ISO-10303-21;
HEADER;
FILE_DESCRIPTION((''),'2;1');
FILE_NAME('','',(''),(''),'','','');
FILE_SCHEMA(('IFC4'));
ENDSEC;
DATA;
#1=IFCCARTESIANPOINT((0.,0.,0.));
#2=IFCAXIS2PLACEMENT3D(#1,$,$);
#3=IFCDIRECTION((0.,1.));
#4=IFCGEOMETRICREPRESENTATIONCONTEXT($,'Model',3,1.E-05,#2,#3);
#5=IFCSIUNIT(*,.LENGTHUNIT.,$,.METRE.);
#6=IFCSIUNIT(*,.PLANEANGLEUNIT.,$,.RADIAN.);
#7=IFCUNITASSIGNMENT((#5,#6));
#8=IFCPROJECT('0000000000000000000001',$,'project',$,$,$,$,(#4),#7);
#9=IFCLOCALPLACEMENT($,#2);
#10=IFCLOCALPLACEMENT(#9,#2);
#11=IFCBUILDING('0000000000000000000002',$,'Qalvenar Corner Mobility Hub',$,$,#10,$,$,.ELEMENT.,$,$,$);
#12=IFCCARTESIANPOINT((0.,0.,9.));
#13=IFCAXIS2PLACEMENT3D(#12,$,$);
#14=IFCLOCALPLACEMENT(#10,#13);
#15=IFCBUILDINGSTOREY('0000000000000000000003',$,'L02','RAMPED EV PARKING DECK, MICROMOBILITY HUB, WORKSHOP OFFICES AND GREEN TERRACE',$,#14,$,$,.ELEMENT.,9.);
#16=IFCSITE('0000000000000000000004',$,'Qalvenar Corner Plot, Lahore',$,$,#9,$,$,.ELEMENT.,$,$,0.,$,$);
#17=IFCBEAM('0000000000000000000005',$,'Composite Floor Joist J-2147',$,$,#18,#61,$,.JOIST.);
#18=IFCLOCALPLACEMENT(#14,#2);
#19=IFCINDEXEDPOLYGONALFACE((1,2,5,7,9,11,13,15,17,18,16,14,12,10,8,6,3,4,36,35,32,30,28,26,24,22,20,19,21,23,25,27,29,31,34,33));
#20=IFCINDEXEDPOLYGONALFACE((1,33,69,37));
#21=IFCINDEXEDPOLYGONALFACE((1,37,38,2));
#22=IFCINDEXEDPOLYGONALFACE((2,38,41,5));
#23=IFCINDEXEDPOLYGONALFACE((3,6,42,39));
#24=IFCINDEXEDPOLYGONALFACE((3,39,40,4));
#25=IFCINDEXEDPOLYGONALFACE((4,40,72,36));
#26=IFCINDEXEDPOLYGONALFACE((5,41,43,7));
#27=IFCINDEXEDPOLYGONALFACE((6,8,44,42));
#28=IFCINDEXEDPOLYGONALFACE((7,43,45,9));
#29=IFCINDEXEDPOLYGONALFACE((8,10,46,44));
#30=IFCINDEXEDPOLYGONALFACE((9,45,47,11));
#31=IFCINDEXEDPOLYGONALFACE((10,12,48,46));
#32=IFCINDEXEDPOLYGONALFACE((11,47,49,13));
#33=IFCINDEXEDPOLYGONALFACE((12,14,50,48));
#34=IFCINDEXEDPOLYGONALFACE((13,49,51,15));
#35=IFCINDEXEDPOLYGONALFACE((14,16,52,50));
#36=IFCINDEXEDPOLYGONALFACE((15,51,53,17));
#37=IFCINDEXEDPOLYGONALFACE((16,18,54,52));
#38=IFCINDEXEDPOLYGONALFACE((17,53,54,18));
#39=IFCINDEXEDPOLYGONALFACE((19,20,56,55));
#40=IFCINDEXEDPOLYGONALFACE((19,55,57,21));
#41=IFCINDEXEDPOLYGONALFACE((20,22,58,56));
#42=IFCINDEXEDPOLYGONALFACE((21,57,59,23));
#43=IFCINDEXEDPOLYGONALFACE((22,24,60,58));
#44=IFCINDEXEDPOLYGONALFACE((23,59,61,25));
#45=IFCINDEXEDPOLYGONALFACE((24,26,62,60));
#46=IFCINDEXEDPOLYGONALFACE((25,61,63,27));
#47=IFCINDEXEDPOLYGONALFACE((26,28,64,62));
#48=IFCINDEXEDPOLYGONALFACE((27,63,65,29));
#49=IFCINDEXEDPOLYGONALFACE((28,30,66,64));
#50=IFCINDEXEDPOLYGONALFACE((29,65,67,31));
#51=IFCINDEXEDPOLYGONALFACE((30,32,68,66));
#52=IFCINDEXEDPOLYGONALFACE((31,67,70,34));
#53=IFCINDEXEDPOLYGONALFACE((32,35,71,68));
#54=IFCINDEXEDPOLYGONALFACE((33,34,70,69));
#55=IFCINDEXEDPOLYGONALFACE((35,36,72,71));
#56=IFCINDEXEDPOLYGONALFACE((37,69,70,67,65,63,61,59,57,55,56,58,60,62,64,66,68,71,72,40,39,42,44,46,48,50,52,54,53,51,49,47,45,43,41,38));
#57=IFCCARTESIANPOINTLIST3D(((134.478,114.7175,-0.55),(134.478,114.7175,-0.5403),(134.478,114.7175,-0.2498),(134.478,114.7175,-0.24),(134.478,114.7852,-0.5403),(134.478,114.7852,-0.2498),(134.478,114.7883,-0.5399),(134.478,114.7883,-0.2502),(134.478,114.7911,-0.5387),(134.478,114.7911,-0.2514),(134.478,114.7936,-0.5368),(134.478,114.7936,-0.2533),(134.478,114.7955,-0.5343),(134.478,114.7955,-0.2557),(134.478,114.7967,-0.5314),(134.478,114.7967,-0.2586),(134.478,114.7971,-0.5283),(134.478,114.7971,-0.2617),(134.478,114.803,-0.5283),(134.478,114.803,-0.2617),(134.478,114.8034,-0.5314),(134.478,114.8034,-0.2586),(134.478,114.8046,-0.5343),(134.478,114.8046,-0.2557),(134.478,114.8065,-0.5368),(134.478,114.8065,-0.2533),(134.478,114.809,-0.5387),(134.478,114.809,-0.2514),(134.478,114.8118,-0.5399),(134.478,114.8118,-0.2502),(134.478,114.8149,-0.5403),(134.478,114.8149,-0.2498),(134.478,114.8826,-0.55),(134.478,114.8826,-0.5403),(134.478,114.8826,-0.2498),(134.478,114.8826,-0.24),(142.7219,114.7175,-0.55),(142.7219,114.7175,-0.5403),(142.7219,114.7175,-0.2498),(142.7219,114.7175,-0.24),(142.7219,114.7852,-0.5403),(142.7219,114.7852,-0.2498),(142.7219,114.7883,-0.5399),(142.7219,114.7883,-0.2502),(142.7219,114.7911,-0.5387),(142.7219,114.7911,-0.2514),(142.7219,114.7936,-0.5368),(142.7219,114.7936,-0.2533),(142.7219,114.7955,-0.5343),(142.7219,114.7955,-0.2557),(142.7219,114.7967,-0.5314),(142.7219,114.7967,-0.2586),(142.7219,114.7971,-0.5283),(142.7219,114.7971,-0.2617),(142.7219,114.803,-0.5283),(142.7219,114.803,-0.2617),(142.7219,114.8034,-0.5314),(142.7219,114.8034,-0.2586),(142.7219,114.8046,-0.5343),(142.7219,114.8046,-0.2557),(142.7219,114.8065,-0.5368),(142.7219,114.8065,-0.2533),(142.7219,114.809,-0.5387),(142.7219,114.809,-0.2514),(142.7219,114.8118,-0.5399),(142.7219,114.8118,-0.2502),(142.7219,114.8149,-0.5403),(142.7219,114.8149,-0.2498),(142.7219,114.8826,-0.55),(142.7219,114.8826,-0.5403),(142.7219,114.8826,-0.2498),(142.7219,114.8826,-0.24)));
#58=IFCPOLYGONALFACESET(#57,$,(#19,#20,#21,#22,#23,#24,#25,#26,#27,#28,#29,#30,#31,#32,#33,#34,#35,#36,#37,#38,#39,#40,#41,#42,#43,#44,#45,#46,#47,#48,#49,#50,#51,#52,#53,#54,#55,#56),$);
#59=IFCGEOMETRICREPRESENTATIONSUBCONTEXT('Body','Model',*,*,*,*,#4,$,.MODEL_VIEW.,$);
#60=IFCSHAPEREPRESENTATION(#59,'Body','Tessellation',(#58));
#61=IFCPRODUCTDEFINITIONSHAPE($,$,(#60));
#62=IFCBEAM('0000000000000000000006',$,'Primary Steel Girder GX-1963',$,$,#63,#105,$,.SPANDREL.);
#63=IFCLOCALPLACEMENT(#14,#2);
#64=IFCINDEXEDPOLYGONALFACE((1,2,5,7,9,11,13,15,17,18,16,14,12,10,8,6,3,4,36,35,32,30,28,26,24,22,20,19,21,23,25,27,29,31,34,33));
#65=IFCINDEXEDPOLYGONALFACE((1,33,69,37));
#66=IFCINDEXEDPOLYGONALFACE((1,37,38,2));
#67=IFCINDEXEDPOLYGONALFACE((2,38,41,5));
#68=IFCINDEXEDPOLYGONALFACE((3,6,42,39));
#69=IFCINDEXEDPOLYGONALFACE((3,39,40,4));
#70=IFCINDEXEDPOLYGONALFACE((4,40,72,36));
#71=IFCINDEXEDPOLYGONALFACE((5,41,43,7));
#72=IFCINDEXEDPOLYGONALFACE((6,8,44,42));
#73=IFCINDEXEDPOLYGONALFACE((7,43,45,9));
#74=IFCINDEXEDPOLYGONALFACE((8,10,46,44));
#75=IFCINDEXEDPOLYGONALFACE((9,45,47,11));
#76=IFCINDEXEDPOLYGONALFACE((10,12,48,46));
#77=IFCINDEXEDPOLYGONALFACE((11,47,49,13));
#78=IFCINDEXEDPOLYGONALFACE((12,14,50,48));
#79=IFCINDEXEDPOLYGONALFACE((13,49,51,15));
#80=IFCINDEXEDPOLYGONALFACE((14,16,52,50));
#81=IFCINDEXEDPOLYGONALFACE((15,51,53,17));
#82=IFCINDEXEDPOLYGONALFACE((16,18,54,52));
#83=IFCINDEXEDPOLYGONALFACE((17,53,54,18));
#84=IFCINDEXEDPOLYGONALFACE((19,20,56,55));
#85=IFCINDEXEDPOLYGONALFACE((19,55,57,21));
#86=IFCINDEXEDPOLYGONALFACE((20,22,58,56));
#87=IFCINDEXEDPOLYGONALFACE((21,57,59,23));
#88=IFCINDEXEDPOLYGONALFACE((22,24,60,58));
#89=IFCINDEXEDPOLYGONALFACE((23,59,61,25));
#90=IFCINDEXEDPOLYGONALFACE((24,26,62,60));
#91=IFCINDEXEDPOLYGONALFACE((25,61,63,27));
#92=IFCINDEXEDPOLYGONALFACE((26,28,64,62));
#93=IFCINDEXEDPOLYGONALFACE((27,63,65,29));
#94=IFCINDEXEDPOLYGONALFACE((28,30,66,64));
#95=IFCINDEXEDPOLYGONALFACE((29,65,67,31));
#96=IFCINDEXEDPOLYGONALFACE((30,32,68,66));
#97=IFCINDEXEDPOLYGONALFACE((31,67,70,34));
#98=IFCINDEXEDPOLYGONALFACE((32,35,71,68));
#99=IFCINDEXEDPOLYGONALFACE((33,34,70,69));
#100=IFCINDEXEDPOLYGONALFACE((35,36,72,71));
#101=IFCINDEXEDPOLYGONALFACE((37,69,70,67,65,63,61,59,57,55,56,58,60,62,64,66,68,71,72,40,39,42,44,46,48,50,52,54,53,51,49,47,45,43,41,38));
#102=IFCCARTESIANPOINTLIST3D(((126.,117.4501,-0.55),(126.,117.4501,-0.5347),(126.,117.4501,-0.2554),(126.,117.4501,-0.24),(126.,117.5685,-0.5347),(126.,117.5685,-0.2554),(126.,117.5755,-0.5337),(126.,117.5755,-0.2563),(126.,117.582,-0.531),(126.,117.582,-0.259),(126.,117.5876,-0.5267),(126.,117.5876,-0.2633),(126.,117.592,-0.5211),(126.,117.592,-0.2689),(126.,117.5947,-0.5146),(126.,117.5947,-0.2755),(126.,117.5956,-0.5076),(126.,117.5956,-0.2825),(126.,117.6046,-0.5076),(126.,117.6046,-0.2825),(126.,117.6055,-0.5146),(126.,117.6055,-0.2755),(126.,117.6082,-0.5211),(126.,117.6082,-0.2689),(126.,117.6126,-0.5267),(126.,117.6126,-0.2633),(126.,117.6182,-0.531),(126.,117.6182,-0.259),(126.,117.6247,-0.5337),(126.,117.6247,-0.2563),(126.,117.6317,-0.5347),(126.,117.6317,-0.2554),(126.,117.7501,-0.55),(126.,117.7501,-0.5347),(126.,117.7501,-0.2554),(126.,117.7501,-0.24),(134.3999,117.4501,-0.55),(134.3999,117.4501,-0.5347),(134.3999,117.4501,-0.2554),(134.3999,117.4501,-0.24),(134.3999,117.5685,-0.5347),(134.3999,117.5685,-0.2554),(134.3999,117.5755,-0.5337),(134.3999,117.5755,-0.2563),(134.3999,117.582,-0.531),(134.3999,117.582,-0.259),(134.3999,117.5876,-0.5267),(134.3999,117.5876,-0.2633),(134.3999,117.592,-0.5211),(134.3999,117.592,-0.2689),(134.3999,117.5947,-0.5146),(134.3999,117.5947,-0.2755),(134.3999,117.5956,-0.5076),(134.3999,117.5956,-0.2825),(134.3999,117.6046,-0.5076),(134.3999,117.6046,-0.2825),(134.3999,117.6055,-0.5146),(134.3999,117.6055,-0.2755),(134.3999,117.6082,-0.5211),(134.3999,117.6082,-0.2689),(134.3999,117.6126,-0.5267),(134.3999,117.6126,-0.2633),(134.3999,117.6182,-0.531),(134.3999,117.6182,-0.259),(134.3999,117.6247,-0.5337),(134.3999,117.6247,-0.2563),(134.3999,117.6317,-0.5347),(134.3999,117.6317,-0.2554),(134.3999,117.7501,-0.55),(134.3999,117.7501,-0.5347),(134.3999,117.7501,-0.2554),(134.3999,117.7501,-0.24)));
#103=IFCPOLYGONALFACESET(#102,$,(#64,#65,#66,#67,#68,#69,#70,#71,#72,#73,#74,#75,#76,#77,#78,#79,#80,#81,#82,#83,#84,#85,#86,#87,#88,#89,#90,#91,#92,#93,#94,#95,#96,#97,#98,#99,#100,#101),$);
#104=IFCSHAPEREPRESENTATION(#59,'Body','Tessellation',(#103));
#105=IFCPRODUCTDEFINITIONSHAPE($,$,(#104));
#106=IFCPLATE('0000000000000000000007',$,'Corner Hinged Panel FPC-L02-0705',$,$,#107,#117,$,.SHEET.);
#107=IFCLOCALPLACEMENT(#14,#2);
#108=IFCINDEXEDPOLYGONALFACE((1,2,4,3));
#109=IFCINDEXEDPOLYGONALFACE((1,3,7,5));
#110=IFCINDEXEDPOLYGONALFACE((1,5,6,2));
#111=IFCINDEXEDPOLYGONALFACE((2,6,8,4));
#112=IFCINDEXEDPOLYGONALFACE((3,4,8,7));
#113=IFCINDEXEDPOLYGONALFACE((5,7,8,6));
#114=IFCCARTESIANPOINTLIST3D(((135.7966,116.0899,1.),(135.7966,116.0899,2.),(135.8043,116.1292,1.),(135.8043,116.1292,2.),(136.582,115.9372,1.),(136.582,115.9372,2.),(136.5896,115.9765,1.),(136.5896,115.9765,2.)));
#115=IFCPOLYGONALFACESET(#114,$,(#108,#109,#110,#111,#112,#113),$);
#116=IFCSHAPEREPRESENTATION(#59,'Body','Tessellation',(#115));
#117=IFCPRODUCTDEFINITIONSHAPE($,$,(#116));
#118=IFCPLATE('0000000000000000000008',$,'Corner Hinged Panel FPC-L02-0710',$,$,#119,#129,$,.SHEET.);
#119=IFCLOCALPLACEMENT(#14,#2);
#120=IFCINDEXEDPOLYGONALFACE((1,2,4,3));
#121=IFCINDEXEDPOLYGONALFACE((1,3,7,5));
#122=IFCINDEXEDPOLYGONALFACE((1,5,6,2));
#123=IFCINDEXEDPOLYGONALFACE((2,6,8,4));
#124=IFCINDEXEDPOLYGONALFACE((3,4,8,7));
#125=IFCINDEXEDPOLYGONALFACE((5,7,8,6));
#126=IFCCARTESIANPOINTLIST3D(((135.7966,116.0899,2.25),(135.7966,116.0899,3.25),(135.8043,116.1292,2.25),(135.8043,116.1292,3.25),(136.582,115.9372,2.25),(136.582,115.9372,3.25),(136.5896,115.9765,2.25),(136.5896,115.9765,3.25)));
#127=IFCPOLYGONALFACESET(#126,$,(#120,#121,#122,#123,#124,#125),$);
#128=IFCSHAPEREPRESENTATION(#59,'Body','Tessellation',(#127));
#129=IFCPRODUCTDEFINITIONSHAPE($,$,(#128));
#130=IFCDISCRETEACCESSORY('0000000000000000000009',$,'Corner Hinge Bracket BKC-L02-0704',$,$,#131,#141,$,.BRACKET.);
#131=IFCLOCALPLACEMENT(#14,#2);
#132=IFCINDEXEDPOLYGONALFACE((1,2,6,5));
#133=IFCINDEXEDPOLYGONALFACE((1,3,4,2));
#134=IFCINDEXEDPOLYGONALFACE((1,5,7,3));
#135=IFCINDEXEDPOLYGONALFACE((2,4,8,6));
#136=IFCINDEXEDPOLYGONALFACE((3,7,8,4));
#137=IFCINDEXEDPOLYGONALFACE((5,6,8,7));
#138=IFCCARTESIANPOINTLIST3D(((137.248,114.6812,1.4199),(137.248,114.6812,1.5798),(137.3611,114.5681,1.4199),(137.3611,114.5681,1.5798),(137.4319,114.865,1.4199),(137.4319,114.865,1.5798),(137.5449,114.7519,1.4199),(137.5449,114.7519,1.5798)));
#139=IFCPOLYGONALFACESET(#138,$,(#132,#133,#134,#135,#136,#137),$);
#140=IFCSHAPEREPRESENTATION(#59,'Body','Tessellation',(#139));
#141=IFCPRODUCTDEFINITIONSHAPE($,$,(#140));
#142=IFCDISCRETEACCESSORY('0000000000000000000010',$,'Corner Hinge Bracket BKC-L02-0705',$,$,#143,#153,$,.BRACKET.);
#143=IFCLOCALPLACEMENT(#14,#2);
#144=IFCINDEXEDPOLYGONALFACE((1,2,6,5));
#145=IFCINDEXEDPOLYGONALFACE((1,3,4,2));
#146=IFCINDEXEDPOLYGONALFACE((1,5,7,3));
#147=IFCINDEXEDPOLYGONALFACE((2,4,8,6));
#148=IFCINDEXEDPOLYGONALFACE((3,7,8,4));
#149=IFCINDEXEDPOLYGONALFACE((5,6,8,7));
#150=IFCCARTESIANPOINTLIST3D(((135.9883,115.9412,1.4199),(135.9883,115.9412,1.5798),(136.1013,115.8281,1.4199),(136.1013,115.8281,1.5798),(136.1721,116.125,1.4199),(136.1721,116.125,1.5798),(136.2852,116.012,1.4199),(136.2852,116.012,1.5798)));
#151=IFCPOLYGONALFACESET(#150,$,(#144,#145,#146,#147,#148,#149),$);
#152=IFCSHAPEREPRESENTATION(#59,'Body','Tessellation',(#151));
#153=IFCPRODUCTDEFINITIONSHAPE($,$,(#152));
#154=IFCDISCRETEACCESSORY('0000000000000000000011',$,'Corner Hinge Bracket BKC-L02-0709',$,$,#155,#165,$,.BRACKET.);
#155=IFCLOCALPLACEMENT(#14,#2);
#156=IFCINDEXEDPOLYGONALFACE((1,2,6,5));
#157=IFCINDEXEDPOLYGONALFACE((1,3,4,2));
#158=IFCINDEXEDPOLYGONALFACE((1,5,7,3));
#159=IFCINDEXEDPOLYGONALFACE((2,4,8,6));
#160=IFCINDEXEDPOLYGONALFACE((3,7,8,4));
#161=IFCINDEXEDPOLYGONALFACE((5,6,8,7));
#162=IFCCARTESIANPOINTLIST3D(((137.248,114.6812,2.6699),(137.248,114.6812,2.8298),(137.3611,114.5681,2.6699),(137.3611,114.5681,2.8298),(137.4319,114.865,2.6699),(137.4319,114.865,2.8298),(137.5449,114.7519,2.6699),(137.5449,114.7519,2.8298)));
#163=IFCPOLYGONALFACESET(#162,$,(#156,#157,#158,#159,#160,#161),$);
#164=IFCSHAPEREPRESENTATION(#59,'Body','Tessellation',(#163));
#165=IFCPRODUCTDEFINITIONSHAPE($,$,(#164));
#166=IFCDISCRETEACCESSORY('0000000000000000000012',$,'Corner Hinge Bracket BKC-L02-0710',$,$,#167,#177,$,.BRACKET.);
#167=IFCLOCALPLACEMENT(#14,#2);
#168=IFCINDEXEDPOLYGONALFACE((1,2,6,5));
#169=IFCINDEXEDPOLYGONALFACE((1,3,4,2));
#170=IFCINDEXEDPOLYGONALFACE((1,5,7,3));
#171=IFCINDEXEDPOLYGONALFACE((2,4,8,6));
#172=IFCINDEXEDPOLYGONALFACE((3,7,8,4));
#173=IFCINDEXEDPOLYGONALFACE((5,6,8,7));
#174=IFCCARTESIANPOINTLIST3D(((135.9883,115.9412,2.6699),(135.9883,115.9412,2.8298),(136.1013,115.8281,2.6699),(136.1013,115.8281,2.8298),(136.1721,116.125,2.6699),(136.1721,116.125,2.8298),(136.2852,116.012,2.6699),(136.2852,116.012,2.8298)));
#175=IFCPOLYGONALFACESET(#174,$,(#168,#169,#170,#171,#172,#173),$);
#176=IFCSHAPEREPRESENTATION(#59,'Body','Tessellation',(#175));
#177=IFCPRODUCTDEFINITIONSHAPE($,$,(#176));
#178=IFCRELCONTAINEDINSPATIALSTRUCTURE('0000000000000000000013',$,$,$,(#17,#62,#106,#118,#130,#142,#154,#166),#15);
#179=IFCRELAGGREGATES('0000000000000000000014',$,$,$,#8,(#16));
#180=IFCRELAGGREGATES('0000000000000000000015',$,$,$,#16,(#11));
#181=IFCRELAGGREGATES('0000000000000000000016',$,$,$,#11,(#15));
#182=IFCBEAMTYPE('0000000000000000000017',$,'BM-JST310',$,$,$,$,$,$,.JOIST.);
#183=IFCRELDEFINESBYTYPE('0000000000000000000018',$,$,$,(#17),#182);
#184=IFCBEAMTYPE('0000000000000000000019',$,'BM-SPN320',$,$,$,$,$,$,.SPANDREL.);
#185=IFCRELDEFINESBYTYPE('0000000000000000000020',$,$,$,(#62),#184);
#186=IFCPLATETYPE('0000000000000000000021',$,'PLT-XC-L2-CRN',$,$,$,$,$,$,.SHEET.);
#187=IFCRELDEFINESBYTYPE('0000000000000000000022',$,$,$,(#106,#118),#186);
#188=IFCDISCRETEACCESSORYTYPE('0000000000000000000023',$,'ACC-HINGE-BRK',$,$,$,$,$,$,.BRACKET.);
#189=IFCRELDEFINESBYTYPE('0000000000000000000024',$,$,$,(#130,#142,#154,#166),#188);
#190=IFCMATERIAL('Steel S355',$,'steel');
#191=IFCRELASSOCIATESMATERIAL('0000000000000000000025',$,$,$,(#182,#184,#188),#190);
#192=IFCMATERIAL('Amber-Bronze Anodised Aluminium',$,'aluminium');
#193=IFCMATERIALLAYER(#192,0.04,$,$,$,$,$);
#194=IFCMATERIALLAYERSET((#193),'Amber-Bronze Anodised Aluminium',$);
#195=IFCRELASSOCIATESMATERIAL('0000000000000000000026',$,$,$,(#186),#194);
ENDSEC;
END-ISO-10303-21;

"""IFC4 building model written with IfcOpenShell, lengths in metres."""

from ifc_helpers import new_model, si_unit, direction, frame, origin, origin_2d, place, context, subcontext, project, spatial, rectangle, i_section, extrude, material, layer, layer_set, material_profile, profile_set, type_object, element, save


model = new_model("IFC4")

# Units and contexts
model_context = context("Model", 3, precision=1e-05, world=origin(), true_north=direction((0.0, 1.0)))
body_context = subcontext(model_context, "Body", "Model", "MODEL_VIEW")
ifc_project = project(units=[si_unit("LENGTHUNIT", "METRE"), si_unit("PLANEANGLEUNIT", "RADIAN")], contexts=[model_context])

# Site, building, storey
site_placement = place(None, origin())
site = spatial("IfcSite", under=ifc_project, at=site_placement, Name="Qalvenar Corner Plot, Lahore", CompositionType="ELEMENT", RefElevation=0.0)
building_placement = place(site_placement, origin())
building = spatial("IfcBuilding", under=site, at=building_placement, Name="Qalvenar Corner Mobility Hub", CompositionType="ELEMENT")
storey_placement = place(building_placement, frame((0.0, 0.0, 9.0)))
storey = spatial("IfcBuildingStorey", under=building, at=storey_placement, Name="L02", Description="RAMPED EV PARKING DECK, MICROMOBILITY HUB, WORKSHOP OFFICES AND GREEN TERRACE", CompositionType="ELEMENT", Elevation=9.0)

# Shared definitions
ifc_material_1 = material(Name="Steel S355", Category="steel")

# Beams
ifc_material_profile_1 = material_profile(ifc_material_1, i_section(OverallWidth=0.165, OverallDepth=0.3101, WebThickness=0.0059, FlangeThickness=0.0098, FilletRadius=0.012, at=origin_2d()), Name="W310x38.7")
ifc_profile_set_1 = profile_set([ifc_material_profile_1], Name="Steel S355")
beam_type_1 = type_object("IfcBeamType", Name="BM-JST310", PredefinedType="JOIST", material=ifc_profile_set_1)
for number, where, z_axis, x_axis, name in (
    (1, (134.478, 114.8, -0.395), (1.0, 0.0, 0.0), (0.0, 1.0, 0.0), "Composite Floor Joist J-2147"),
):
    element("IfcBeam", number, at=place(storey_placement, frame(where, z_axis=z_axis, x_axis=x_axis)), inside=storey, type_object=beam_type_1, Name=name, PredefinedType="JOIST", context=body_context, shape_type="SweptSolid", body=[
        extrude(i_section(OverallWidth=0.165, OverallDepth=0.3101, WebThickness=0.0059, FlangeThickness=0.0098, FilletRadius=0.012, at=origin_2d()), origin(), (0.0, 0.0, 1.0), 8.2439),
    ])
ifc_material_profile_2 = material_profile(ifc_material_1, i_section(OverallWidth=0.3, OverallDepth=0.3101, WebThickness=0.009, FlangeThickness=0.0154, FilletRadius=0.0271, at=origin_2d()), Name="HEA320")
ifc_profile_set_2 = profile_set([ifc_material_profile_2], Name="Steel S355")
beam_type_2 = type_object("IfcBeamType", Name="BM-SPN320", PredefinedType="SPANDREL", material=ifc_profile_set_2)
beam_1_placement = place(storey_placement, frame((126.0, 117.6001, -0.395), z_axis=(1.0, 0.0, 0.0), x_axis=(0.0, 1.0, 0.0)))
element("IfcBeam", 2, at=beam_1_placement, inside=storey, type_object=beam_type_2, Name="Primary Steel Girder GX-1963", PredefinedType="SPANDREL", context=body_context, shape_type="SweptSolid", body=[
    extrude(i_section(OverallWidth=0.3, OverallDepth=0.3101, WebThickness=0.009, FlangeThickness=0.0154, FilletRadius=0.0271, at=origin_2d()), origin(), (0.0, 0.0, 1.0), 8.3999),
])

# Plates
ifc_material_2 = material(Name="Amber-Bronze Anodised Aluminium", Category="aluminium")
ifc_layer = layer(ifc_material_2, 0.04)
ifc_layer_set = layer_set([ifc_layer], Name="Amber-Bronze Anodised Aluminium")
plate_type = type_object("IfcPlateType", Name="PLT-XC-L2-CRN", PredefinedType="SHEET", material=ifc_layer_set)
for number, where, z_axis, x_axis, name in (
    (3, (136.1931, 116.0332, 1.0), (0.0, 0.0, 1.0), (-0.981627, 0.190809, 0.0), "Corner Hinged Panel FPC-L02-0705"),
    (4, (136.1931, 116.0332, 2.25), (0.0, 0.0, 1.0), (-0.981627, 0.190809, 0.0), "Corner Hinged Panel FPC-L02-0710"),
):
    element("IfcPlate", number, at=place(storey_placement, frame(where, z_axis=z_axis, x_axis=x_axis)), inside=storey, type_object=plate_type, Name=name, PredefinedType="SHEET", context=body_context, shape_type="SweptSolid", body=[
        extrude(rectangle(XDim=0.8, YDim=0.04, at=origin_2d()), origin(), (0.0, 0.0, 1.0), 1.0),
    ])

# Discrete accessories
discrete_accessory_type = type_object("IfcDiscreteAccessoryType", Name="ACC-HINGE-BRK", PredefinedType="BRACKET", material=ifc_material_1)
for number, where, z_axis, x_axis, name in (
    (5, (137.3965, 114.7166, 1.4199), (0.0, 0.0, 1.0), (-0.707107, 0.707107, 0.0), "Corner Hinge Bracket BKC-L02-0704"),
    (6, (136.1367, 115.9766, 1.4199), (0.0, 0.0, 1.0), (-0.707107, 0.707107, 0.0), "Corner Hinge Bracket BKC-L02-0705"),
    (7, (137.3965, 114.7166, 2.6699), (0.0, 0.0, 1.0), (-0.707107, 0.707107, 0.0), "Corner Hinge Bracket BKC-L02-0709"),
    (8, (136.1367, 115.9766, 2.6699), (0.0, 0.0, 1.0), (-0.707107, 0.707107, 0.0), "Corner Hinge Bracket BKC-L02-0710"),
):
    element("IfcDiscreteAccessory", number, at=place(storey_placement, frame(where, z_axis=z_axis, x_axis=x_axis)), inside=storey, type_object=discrete_accessory_type, Name=name, PredefinedType="BRACKET", context=body_context, shape_type="SweptSolid", body=[
        extrude(rectangle(XDim=0.1599, YDim=0.26, at=origin_2d()), origin(), (0.0, 0.0, 1.0), 0.1599),
    ])

save(model, "model.ifc")
